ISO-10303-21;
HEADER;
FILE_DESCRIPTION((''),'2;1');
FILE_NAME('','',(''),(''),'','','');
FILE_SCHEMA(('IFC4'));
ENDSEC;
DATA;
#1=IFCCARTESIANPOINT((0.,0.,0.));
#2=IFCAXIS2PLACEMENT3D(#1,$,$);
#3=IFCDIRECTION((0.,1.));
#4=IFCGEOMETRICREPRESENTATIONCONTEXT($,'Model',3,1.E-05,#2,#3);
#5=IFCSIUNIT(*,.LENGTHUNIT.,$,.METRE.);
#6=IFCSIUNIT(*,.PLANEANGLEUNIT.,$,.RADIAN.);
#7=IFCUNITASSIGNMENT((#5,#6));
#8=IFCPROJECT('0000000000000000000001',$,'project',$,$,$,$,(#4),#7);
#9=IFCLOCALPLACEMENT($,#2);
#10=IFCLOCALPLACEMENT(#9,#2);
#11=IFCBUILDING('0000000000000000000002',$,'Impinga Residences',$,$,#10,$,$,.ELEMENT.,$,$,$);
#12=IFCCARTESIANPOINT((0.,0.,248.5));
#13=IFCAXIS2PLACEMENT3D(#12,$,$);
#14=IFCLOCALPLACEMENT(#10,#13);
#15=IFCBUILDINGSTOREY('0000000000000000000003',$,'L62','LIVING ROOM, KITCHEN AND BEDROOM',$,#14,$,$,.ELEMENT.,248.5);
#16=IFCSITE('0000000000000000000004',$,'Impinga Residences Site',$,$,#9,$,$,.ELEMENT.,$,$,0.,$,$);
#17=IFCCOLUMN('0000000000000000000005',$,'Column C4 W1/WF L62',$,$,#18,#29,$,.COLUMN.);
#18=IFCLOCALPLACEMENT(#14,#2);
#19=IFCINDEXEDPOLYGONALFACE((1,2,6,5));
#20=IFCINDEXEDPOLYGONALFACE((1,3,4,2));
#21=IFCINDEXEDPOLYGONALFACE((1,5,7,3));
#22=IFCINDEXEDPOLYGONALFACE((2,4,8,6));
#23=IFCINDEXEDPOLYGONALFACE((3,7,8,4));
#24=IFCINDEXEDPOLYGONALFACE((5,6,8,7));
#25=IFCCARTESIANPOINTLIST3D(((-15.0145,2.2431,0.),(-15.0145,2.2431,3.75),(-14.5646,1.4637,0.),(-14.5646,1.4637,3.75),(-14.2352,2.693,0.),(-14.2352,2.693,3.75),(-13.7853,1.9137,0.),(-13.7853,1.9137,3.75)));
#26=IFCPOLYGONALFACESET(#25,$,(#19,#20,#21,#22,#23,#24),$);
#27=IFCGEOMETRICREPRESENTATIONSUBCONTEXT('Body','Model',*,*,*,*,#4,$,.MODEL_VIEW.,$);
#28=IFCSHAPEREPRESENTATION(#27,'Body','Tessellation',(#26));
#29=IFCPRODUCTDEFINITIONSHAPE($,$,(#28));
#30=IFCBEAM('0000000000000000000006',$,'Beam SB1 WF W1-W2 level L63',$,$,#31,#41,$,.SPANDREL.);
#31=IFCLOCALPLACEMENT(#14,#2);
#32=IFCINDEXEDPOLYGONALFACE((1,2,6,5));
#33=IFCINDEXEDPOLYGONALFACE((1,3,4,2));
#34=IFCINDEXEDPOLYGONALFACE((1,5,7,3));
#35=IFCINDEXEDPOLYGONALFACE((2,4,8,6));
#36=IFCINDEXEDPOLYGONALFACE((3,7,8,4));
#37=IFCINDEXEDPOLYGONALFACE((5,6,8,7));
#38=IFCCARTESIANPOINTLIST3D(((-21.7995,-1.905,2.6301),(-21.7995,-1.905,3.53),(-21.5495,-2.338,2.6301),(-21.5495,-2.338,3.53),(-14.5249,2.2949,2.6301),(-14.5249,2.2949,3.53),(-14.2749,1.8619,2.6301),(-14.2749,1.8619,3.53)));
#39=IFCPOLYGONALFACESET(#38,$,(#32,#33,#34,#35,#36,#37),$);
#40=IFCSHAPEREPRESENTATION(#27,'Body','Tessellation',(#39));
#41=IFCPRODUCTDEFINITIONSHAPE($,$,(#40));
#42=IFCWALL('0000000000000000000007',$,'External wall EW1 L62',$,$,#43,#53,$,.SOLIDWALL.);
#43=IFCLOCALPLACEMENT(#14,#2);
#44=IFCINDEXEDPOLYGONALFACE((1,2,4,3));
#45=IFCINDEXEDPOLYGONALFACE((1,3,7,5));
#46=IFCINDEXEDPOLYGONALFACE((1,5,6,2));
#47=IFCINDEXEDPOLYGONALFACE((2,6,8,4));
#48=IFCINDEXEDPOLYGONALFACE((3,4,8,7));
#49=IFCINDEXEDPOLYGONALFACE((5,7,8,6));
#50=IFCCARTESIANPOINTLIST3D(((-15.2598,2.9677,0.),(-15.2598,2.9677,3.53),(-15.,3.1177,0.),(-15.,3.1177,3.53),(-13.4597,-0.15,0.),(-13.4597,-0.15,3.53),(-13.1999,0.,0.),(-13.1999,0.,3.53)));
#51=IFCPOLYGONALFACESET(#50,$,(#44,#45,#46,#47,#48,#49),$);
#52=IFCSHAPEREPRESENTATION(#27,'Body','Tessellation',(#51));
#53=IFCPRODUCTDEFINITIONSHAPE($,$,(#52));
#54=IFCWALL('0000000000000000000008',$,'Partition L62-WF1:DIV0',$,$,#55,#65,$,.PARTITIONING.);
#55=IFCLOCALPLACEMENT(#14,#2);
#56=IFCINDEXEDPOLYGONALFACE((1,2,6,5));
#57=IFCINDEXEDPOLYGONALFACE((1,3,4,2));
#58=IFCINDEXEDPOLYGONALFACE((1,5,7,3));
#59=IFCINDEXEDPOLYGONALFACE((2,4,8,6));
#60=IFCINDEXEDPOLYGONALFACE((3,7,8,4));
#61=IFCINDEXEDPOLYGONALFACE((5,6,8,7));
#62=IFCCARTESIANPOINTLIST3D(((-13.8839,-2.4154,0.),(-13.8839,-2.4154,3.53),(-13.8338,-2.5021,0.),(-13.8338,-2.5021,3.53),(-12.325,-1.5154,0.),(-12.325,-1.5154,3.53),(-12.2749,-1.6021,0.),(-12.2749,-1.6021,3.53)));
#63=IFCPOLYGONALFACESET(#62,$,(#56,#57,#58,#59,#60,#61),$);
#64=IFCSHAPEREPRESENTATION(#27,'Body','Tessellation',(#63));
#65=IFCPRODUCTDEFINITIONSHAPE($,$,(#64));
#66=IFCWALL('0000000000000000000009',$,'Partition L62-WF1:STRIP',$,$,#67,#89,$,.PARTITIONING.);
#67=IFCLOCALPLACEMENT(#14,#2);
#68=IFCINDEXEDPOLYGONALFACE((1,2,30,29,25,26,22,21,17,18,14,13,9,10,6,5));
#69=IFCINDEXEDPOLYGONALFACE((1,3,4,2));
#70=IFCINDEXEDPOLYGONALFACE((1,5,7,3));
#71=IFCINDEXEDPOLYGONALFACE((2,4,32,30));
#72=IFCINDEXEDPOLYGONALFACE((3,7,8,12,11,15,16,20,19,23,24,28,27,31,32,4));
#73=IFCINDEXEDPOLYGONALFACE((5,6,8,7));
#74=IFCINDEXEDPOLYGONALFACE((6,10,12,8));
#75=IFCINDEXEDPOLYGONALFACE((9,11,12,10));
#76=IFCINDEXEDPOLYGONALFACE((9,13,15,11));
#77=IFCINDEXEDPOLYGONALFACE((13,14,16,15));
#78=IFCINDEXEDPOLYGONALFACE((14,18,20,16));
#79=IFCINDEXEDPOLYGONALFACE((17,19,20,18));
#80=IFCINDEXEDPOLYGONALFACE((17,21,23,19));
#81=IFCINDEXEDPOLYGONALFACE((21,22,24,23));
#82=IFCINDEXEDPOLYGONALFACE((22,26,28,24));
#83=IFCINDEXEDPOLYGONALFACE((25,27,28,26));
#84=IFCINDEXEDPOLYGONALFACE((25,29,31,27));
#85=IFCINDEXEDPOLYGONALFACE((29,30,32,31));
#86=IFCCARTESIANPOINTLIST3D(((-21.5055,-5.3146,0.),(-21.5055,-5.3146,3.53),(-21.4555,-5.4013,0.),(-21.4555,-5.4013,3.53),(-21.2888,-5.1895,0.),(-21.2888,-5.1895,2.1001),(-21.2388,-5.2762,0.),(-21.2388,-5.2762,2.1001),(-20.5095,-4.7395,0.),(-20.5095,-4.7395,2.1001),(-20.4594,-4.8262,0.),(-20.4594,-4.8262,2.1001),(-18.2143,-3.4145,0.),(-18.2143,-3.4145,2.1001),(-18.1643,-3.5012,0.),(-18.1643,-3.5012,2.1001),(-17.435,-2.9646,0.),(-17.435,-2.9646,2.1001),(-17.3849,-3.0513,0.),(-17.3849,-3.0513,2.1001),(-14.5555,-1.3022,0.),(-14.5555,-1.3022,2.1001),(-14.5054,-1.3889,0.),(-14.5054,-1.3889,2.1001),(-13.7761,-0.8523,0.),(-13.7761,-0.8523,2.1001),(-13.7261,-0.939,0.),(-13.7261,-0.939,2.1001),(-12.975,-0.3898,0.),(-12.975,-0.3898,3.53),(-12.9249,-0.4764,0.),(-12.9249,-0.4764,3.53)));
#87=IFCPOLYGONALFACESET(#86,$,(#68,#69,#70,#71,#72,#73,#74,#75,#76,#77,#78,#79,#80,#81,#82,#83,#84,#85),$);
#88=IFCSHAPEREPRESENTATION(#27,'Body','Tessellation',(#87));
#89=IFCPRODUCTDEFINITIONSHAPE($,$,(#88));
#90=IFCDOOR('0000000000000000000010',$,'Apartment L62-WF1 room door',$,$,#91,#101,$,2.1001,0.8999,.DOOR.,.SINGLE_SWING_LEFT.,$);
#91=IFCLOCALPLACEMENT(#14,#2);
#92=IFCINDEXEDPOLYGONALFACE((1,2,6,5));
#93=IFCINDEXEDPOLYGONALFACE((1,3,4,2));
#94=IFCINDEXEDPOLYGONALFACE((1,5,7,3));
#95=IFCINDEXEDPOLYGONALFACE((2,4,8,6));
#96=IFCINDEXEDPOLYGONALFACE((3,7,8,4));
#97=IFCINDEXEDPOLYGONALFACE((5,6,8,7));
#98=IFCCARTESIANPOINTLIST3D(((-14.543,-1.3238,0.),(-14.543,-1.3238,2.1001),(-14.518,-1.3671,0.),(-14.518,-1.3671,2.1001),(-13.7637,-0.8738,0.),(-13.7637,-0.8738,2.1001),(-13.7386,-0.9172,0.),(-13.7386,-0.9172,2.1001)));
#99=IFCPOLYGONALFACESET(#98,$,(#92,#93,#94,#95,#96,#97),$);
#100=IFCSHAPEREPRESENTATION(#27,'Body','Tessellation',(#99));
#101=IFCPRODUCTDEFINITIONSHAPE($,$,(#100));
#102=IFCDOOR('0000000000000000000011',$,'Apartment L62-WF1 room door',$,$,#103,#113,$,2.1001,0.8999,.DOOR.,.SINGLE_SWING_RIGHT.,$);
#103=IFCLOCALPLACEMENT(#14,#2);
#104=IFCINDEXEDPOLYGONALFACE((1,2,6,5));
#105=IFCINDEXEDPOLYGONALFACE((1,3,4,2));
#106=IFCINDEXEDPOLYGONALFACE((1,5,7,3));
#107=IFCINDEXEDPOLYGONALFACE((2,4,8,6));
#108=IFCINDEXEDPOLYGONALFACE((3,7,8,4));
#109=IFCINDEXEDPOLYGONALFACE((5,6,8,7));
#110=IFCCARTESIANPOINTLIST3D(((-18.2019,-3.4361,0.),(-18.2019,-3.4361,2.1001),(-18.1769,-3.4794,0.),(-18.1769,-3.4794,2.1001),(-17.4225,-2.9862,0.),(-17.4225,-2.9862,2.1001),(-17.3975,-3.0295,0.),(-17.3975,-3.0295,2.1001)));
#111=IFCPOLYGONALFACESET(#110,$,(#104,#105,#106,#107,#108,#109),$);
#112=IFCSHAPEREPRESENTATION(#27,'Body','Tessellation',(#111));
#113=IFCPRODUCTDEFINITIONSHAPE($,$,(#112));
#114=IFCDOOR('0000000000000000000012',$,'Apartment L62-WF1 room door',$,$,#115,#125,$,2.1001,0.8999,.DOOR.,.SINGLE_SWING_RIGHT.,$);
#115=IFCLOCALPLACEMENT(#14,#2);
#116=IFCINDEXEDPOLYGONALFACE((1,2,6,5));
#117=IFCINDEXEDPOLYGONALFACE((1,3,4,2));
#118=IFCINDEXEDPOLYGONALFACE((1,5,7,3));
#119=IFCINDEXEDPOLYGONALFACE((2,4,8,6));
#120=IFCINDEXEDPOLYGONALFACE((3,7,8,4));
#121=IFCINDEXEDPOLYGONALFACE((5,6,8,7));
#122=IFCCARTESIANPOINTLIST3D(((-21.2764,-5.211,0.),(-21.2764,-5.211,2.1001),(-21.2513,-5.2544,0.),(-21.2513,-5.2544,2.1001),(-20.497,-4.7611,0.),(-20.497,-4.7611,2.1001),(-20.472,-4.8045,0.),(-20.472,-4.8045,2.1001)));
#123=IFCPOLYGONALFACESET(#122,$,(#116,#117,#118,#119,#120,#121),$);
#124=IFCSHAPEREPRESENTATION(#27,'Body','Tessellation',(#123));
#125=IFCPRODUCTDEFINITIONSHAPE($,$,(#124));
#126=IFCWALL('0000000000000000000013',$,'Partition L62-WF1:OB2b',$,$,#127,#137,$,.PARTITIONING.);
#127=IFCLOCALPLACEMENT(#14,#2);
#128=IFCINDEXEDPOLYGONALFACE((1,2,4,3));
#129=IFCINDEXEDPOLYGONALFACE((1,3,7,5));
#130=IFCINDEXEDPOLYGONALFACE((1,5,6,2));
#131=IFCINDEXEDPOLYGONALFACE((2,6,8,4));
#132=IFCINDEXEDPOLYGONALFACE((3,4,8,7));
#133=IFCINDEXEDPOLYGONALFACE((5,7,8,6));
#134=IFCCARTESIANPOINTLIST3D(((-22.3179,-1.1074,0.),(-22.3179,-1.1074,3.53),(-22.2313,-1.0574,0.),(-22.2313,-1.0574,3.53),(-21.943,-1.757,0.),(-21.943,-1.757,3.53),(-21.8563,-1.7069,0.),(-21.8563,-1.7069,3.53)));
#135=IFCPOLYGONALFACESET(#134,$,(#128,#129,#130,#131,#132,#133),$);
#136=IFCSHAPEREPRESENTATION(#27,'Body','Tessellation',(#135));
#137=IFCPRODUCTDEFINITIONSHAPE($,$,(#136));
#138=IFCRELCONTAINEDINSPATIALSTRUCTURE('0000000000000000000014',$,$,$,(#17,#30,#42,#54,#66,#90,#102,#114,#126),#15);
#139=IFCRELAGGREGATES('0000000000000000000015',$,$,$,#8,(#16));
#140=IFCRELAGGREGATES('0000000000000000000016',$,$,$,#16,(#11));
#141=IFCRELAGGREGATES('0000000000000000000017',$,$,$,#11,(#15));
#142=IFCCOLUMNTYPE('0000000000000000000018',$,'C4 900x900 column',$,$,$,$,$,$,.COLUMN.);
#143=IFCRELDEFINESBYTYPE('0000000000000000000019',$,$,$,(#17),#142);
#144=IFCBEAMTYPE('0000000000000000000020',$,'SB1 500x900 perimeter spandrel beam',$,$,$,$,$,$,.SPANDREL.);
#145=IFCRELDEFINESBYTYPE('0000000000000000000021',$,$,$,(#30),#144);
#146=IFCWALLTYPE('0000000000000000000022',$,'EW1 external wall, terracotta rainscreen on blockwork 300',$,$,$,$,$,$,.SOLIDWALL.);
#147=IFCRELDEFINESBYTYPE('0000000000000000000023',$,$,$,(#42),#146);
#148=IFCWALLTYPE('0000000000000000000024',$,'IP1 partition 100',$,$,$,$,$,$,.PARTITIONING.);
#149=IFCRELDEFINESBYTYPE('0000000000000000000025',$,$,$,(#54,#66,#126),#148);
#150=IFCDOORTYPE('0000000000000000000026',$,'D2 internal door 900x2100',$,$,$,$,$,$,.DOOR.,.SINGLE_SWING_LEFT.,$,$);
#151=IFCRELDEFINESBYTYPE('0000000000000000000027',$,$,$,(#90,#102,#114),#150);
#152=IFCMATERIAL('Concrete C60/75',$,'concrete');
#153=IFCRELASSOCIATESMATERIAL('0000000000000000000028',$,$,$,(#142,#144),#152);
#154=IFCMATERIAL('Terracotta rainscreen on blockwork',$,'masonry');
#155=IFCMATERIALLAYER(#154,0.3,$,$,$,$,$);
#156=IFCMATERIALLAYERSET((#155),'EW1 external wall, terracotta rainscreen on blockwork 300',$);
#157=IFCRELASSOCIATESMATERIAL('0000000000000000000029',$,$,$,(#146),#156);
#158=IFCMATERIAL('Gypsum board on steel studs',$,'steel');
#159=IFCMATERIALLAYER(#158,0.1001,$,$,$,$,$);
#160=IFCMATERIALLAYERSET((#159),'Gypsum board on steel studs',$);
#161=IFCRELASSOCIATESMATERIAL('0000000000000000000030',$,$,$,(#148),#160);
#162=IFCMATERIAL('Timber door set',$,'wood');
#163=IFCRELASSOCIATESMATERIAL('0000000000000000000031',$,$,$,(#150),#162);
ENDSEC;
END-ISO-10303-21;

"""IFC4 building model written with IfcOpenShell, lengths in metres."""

from ifc_helpers import new_model, si_unit, direction, frame, frame_2d, origin, origin_2d, place, context, subcontext, project, spatial, rectangle, extrude, material, layer, layer_set, material_profile, profile_set, type_object, element, fill, save


model = new_model("IFC4")

# Units and contexts
model_context = context("Model", 3, precision=1e-05, world=origin(), true_north=direction((0.0, 1.0)))
body_context = subcontext(model_context, "Body", "Model", "MODEL_VIEW")
ifc_project = project(units=[si_unit("LENGTHUNIT", "METRE"), si_unit("PLANEANGLEUNIT", "RADIAN")], contexts=[model_context])

# Site, building, storey
site_placement = place(None, origin())
site = spatial("IfcSite", under=ifc_project, at=site_placement, Name="Impinga Residences Site", CompositionType="ELEMENT", RefElevation=0.0)
building_placement = place(site_placement, origin())
building = spatial("IfcBuilding", under=site, at=building_placement, Name="Impinga Residences", CompositionType="ELEMENT")
storey_placement = place(building_placement, frame((0.0, 0.0, 248.5)))
storey = spatial("IfcBuildingStorey", under=building, at=storey_placement, Name="L62", Description="LIVING ROOM, KITCHEN AND BEDROOM", CompositionType="ELEMENT", Elevation=248.5)

# Column
ifc_material_1 = material(Name="Concrete C60/75", Category="concrete")
ifc_material_profile_1 = material_profile(ifc_material_1, rectangle(XDim=0.8999, YDim=0.8999, at=origin_2d()), Name="RC 900x900")
ifc_profile_set_1 = profile_set([ifc_material_profile_1], Name="Concrete C60/75")
column_type = type_object("IfcColumnType", Name="C4 900x900 column", PredefinedType="COLUMN", material=ifc_profile_set_1)
column_placement = place(storey_placement, frame((-14.3999, 2.0784, 0.0), z_axis=(0.0, 0.0, 1.0), x_axis=(-0.5, 0.866025, 0.0)))
element("IfcColumn", 1, at=column_placement, inside=storey, type_object=column_type, Name="Column C4 W1/WF L62", PredefinedType="COLUMN", context=body_context, shape_type="SweptSolid", body=[
    extrude(rectangle(XDim=0.8999, YDim=0.8999, at=origin_2d()), origin(), (0.0, 0.0, 1.0), 3.75),
])

# Beam
ifc_material_profile_2 = material_profile(ifc_material_1, rectangle(XDim=0.5, YDim=0.8999, at=origin_2d()), Name="RC 500x900")
ifc_profile_set_2 = profile_set([ifc_material_profile_2], Name="Concrete C60/75")
beam_type = type_object("IfcBeamType", Name="SB1 500x900 perimeter spandrel beam", PredefinedType="SPANDREL", material=ifc_profile_set_2)
beam_placement = place(storey_placement, frame((-14.3999, 2.0784, 3.0801), z_axis=(-0.866029, -0.499993, 0.0), x_axis=(0.499993, -0.866029, 0.0)))
element("IfcBeam", 2, at=beam_placement, inside=storey, type_object=beam_type, Name="Beam SB1 WF W1-W2 level L63", PredefinedType="SPANDREL", context=body_context, shape_type="SweptSolid", body=[
    extrude(rectangle(XDim=0.5, YDim=0.8999, at=origin_2d()), origin(), (0.0, 0.0, 1.0), 8.3999),
])

# Walls
ifc_material_2 = material(Name="Terracotta rainscreen on blockwork", Category="masonry")
ifc_layer_1 = layer(ifc_material_2, 0.3)
ifc_layer_set_1 = layer_set([ifc_layer_1], Name="EW1 external wall, terracotta rainscreen on blockwork 300")
wall_type_1 = type_object("IfcWallType", Name="EW1 external wall, terracotta rainscreen on blockwork 300", PredefinedType="SOLIDWALL", material=ifc_layer_set_1)
wall_1_placement = place(storey_placement, frame((-15.1299, 3.0427, 0.0), z_axis=(0.0, 0.0, 1.0), x_axis=(0.500012, -0.866018, 0.0)))
element("IfcWall", 3, at=wall_1_placement, inside=storey, type_object=wall_type_1, Name="External wall EW1 L62", PredefinedType="SOLIDWALL", context=body_context, shape_type="SweptSolid", body=[
    extrude(rectangle(XDim=3.6001, YDim=0.3, at=frame_2d((1.8, 0.0))), origin(), (0.0, 0.0, 1.0), 3.53),
])
ifc_material_3 = material(Name="Gypsum board on steel studs", Category="steel")
ifc_layer_2 = layer(ifc_material_3, 0.1001)
ifc_layer_set_2 = layer_set([ifc_layer_2], Name="Gypsum board on steel studs")
wall_type_2 = type_object("IfcWallType", Name="IP1 partition 100", PredefinedType="PARTITIONING", material=ifc_layer_set_2)
wall_2_placement = place(storey_placement, frame((-12.3, -1.5588, 0.0), z_axis=(0.0, 0.0, 1.0), x_axis=(-0.866048, -0.499961, 0.0)))
element("IfcWall", 4, at=wall_2_placement, inside=storey, type_object=wall_type_2, Name="Partition L62-WF1:DIV0", PredefinedType="PARTITIONING", context=body_context, shape_type="SweptSolid", body=[
    extrude(rectangle(XDim=1.8, YDim=0.1001, at=frame_2d((0.8999, 0.0))), origin(), (0.0, 0.0, 1.0), 3.53),
])

# Wall, openings, doors
wall_3_placement = place(storey_placement, frame((-12.95, -0.4331, 0.0), z_axis=(0.0, 0.0, 1.0), x_axis=(-0.866038, -0.499978, 0.0)))
wall_3 = element("IfcWall", 5, at=wall_3_placement, inside=storey, type_object=wall_type_2, Name="Partition L62-WF1:STRIP", PredefinedType="PARTITIONING", context=body_context, shape_type="SweptSolid", body=[
    extrude(rectangle(XDim=9.8501, YDim=0.1001, at=frame_2d((4.925, 0.0))), origin(), (0.0, 0.0, 1.0), 3.53),
])
opening_1_placement = place(wall_3_placement, frame((0.925, 0.0, 0.0)))
opening_1 = element("IfcOpeningElement", 6, at=opening_1_placement, cuts=wall_3, PredefinedType="OPENING", context=body_context, shape_type="SweptSolid", body=[
    extrude(rectangle(XDim=0.8999, YDim=2.1001, at=frame_2d((0.45, 1.05))), frame((0.0, 0.0601, 0.0), z_axis=(0.0, -1.0, 0.0), x_axis=(1.0, 0.0, 0.0)), (0.0, 0.0, 1.0), 0.1201),
])
opening_2_placement = place(wall_3_placement, frame((5.1499, 0.0, 0.0)))
opening_2 = element("IfcOpeningElement", 7, at=opening_2_placement, cuts=wall_3, PredefinedType="OPENING", context=body_context, shape_type="SweptSolid", body=[
    extrude(rectangle(XDim=0.8999, YDim=2.1001, at=frame_2d((0.45, 1.05))), frame((0.0, 0.0601, 0.0), z_axis=(0.0, -1.0, 0.0), x_axis=(1.0, 0.0, 0.0)), (0.0, 0.0, 1.0), 0.1201),
])
opening_3_placement = place(wall_3_placement, frame((8.7, 0.0, 0.0)))
opening_3 = element("IfcOpeningElement", 8, at=opening_3_placement, cuts=wall_3, PredefinedType="OPENING", context=body_context, shape_type="SweptSolid", body=[
    extrude(rectangle(XDim=0.8999, YDim=2.1001, at=frame_2d((0.45, 1.05))), frame((0.0, 0.0601, 0.0), z_axis=(0.0, -1.0, 0.0), x_axis=(1.0, 0.0, 0.0)), (0.0, 0.0, 1.0), 0.1201),
])
ifc_material_4 = material(Name="Timber door set", Category="wood")
door_type_1 = type_object("IfcDoorType", Name="D2 internal door 900x2100", OperationType="SINGLE_SWING_LEFT", PredefinedType="DOOR", material=ifc_material_4)
door_1_placement = place(opening_1_placement, origin())
door_1 = element("IfcDoor", 9, at=door_1_placement, inside=storey, type_object=door_type_1, Name="Apartment L62-WF1 room door", OperationType="SINGLE_SWING_LEFT", OverallHeight=2.1001, OverallWidth=0.8999, PredefinedType="DOOR", context=body_context, shape_type="SweptSolid", body=[
    extrude(rectangle(XDim=0.8999, YDim=2.1001, at=frame_2d((0.45, 1.05))), frame((0.0, 0.0249, 0.0), z_axis=(0.0, -1.0, 0.0), x_axis=(1.0, 0.0, 0.0)), (0.0, 0.0, 1.0), 0.05),
])
fill(opening_1, door_1)
door_2_placement = place(opening_2_placement, origin())
door_2 = element("IfcDoor", 10, at=door_2_placement, inside=storey, type_object=door_type_1, Name="Apartment L62-WF1 room door", OperationType="SINGLE_SWING_RIGHT", OverallHeight=2.1001, OverallWidth=0.8999, PredefinedType="DOOR", context=body_context, shape_type="SweptSolid", body=[
    extrude(rectangle(XDim=0.8999, YDim=2.1001, at=frame_2d((0.45, 1.05))), frame((0.0, 0.0249, 0.0), z_axis=(0.0, -1.0, 0.0), x_axis=(1.0, 0.0, 0.0)), (0.0, 0.0, 1.0), 0.05),
])
fill(opening_2, door_2)
door_3_placement = place(opening_3_placement, origin())
door_3 = element("IfcDoor", 11, at=door_3_placement, inside=storey, type_object=door_type_1, Name="Apartment L62-WF1 room door", OperationType="SINGLE_SWING_RIGHT", OverallHeight=2.1001, OverallWidth=0.8999, PredefinedType="DOOR", context=body_context, shape_type="SweptSolid", body=[
    extrude(rectangle(XDim=0.8999, YDim=2.1001, at=frame_2d((0.45, 1.05))), frame((0.0, 0.0249, 0.0), z_axis=(0.0, -1.0, 0.0), x_axis=(1.0, 0.0, 0.0)), (0.0, 0.0, 1.0), 0.05),
])
fill(opening_3, door_3)

# Wall
wall_4_placement = place(storey_placement, frame((-21.8997, -1.7319, 0.0), z_axis=(0.0, 0.0, 1.0), x_axis=(-0.49992, 0.866072, 0.0)))
element("IfcWall", 12, at=wall_4_placement, inside=storey, type_object=wall_type_2, Name="Partition L62-WF1:OB2b", PredefinedType="PARTITIONING", context=body_context, shape_type="SweptSolid", body=[
    extrude(rectangle(XDim=0.75, YDim=0.1001, at=frame_2d((0.375, 0.0))), origin(), (0.0, 0.0, 1.0), 3.53),
])

save(model, "model.ifc")
